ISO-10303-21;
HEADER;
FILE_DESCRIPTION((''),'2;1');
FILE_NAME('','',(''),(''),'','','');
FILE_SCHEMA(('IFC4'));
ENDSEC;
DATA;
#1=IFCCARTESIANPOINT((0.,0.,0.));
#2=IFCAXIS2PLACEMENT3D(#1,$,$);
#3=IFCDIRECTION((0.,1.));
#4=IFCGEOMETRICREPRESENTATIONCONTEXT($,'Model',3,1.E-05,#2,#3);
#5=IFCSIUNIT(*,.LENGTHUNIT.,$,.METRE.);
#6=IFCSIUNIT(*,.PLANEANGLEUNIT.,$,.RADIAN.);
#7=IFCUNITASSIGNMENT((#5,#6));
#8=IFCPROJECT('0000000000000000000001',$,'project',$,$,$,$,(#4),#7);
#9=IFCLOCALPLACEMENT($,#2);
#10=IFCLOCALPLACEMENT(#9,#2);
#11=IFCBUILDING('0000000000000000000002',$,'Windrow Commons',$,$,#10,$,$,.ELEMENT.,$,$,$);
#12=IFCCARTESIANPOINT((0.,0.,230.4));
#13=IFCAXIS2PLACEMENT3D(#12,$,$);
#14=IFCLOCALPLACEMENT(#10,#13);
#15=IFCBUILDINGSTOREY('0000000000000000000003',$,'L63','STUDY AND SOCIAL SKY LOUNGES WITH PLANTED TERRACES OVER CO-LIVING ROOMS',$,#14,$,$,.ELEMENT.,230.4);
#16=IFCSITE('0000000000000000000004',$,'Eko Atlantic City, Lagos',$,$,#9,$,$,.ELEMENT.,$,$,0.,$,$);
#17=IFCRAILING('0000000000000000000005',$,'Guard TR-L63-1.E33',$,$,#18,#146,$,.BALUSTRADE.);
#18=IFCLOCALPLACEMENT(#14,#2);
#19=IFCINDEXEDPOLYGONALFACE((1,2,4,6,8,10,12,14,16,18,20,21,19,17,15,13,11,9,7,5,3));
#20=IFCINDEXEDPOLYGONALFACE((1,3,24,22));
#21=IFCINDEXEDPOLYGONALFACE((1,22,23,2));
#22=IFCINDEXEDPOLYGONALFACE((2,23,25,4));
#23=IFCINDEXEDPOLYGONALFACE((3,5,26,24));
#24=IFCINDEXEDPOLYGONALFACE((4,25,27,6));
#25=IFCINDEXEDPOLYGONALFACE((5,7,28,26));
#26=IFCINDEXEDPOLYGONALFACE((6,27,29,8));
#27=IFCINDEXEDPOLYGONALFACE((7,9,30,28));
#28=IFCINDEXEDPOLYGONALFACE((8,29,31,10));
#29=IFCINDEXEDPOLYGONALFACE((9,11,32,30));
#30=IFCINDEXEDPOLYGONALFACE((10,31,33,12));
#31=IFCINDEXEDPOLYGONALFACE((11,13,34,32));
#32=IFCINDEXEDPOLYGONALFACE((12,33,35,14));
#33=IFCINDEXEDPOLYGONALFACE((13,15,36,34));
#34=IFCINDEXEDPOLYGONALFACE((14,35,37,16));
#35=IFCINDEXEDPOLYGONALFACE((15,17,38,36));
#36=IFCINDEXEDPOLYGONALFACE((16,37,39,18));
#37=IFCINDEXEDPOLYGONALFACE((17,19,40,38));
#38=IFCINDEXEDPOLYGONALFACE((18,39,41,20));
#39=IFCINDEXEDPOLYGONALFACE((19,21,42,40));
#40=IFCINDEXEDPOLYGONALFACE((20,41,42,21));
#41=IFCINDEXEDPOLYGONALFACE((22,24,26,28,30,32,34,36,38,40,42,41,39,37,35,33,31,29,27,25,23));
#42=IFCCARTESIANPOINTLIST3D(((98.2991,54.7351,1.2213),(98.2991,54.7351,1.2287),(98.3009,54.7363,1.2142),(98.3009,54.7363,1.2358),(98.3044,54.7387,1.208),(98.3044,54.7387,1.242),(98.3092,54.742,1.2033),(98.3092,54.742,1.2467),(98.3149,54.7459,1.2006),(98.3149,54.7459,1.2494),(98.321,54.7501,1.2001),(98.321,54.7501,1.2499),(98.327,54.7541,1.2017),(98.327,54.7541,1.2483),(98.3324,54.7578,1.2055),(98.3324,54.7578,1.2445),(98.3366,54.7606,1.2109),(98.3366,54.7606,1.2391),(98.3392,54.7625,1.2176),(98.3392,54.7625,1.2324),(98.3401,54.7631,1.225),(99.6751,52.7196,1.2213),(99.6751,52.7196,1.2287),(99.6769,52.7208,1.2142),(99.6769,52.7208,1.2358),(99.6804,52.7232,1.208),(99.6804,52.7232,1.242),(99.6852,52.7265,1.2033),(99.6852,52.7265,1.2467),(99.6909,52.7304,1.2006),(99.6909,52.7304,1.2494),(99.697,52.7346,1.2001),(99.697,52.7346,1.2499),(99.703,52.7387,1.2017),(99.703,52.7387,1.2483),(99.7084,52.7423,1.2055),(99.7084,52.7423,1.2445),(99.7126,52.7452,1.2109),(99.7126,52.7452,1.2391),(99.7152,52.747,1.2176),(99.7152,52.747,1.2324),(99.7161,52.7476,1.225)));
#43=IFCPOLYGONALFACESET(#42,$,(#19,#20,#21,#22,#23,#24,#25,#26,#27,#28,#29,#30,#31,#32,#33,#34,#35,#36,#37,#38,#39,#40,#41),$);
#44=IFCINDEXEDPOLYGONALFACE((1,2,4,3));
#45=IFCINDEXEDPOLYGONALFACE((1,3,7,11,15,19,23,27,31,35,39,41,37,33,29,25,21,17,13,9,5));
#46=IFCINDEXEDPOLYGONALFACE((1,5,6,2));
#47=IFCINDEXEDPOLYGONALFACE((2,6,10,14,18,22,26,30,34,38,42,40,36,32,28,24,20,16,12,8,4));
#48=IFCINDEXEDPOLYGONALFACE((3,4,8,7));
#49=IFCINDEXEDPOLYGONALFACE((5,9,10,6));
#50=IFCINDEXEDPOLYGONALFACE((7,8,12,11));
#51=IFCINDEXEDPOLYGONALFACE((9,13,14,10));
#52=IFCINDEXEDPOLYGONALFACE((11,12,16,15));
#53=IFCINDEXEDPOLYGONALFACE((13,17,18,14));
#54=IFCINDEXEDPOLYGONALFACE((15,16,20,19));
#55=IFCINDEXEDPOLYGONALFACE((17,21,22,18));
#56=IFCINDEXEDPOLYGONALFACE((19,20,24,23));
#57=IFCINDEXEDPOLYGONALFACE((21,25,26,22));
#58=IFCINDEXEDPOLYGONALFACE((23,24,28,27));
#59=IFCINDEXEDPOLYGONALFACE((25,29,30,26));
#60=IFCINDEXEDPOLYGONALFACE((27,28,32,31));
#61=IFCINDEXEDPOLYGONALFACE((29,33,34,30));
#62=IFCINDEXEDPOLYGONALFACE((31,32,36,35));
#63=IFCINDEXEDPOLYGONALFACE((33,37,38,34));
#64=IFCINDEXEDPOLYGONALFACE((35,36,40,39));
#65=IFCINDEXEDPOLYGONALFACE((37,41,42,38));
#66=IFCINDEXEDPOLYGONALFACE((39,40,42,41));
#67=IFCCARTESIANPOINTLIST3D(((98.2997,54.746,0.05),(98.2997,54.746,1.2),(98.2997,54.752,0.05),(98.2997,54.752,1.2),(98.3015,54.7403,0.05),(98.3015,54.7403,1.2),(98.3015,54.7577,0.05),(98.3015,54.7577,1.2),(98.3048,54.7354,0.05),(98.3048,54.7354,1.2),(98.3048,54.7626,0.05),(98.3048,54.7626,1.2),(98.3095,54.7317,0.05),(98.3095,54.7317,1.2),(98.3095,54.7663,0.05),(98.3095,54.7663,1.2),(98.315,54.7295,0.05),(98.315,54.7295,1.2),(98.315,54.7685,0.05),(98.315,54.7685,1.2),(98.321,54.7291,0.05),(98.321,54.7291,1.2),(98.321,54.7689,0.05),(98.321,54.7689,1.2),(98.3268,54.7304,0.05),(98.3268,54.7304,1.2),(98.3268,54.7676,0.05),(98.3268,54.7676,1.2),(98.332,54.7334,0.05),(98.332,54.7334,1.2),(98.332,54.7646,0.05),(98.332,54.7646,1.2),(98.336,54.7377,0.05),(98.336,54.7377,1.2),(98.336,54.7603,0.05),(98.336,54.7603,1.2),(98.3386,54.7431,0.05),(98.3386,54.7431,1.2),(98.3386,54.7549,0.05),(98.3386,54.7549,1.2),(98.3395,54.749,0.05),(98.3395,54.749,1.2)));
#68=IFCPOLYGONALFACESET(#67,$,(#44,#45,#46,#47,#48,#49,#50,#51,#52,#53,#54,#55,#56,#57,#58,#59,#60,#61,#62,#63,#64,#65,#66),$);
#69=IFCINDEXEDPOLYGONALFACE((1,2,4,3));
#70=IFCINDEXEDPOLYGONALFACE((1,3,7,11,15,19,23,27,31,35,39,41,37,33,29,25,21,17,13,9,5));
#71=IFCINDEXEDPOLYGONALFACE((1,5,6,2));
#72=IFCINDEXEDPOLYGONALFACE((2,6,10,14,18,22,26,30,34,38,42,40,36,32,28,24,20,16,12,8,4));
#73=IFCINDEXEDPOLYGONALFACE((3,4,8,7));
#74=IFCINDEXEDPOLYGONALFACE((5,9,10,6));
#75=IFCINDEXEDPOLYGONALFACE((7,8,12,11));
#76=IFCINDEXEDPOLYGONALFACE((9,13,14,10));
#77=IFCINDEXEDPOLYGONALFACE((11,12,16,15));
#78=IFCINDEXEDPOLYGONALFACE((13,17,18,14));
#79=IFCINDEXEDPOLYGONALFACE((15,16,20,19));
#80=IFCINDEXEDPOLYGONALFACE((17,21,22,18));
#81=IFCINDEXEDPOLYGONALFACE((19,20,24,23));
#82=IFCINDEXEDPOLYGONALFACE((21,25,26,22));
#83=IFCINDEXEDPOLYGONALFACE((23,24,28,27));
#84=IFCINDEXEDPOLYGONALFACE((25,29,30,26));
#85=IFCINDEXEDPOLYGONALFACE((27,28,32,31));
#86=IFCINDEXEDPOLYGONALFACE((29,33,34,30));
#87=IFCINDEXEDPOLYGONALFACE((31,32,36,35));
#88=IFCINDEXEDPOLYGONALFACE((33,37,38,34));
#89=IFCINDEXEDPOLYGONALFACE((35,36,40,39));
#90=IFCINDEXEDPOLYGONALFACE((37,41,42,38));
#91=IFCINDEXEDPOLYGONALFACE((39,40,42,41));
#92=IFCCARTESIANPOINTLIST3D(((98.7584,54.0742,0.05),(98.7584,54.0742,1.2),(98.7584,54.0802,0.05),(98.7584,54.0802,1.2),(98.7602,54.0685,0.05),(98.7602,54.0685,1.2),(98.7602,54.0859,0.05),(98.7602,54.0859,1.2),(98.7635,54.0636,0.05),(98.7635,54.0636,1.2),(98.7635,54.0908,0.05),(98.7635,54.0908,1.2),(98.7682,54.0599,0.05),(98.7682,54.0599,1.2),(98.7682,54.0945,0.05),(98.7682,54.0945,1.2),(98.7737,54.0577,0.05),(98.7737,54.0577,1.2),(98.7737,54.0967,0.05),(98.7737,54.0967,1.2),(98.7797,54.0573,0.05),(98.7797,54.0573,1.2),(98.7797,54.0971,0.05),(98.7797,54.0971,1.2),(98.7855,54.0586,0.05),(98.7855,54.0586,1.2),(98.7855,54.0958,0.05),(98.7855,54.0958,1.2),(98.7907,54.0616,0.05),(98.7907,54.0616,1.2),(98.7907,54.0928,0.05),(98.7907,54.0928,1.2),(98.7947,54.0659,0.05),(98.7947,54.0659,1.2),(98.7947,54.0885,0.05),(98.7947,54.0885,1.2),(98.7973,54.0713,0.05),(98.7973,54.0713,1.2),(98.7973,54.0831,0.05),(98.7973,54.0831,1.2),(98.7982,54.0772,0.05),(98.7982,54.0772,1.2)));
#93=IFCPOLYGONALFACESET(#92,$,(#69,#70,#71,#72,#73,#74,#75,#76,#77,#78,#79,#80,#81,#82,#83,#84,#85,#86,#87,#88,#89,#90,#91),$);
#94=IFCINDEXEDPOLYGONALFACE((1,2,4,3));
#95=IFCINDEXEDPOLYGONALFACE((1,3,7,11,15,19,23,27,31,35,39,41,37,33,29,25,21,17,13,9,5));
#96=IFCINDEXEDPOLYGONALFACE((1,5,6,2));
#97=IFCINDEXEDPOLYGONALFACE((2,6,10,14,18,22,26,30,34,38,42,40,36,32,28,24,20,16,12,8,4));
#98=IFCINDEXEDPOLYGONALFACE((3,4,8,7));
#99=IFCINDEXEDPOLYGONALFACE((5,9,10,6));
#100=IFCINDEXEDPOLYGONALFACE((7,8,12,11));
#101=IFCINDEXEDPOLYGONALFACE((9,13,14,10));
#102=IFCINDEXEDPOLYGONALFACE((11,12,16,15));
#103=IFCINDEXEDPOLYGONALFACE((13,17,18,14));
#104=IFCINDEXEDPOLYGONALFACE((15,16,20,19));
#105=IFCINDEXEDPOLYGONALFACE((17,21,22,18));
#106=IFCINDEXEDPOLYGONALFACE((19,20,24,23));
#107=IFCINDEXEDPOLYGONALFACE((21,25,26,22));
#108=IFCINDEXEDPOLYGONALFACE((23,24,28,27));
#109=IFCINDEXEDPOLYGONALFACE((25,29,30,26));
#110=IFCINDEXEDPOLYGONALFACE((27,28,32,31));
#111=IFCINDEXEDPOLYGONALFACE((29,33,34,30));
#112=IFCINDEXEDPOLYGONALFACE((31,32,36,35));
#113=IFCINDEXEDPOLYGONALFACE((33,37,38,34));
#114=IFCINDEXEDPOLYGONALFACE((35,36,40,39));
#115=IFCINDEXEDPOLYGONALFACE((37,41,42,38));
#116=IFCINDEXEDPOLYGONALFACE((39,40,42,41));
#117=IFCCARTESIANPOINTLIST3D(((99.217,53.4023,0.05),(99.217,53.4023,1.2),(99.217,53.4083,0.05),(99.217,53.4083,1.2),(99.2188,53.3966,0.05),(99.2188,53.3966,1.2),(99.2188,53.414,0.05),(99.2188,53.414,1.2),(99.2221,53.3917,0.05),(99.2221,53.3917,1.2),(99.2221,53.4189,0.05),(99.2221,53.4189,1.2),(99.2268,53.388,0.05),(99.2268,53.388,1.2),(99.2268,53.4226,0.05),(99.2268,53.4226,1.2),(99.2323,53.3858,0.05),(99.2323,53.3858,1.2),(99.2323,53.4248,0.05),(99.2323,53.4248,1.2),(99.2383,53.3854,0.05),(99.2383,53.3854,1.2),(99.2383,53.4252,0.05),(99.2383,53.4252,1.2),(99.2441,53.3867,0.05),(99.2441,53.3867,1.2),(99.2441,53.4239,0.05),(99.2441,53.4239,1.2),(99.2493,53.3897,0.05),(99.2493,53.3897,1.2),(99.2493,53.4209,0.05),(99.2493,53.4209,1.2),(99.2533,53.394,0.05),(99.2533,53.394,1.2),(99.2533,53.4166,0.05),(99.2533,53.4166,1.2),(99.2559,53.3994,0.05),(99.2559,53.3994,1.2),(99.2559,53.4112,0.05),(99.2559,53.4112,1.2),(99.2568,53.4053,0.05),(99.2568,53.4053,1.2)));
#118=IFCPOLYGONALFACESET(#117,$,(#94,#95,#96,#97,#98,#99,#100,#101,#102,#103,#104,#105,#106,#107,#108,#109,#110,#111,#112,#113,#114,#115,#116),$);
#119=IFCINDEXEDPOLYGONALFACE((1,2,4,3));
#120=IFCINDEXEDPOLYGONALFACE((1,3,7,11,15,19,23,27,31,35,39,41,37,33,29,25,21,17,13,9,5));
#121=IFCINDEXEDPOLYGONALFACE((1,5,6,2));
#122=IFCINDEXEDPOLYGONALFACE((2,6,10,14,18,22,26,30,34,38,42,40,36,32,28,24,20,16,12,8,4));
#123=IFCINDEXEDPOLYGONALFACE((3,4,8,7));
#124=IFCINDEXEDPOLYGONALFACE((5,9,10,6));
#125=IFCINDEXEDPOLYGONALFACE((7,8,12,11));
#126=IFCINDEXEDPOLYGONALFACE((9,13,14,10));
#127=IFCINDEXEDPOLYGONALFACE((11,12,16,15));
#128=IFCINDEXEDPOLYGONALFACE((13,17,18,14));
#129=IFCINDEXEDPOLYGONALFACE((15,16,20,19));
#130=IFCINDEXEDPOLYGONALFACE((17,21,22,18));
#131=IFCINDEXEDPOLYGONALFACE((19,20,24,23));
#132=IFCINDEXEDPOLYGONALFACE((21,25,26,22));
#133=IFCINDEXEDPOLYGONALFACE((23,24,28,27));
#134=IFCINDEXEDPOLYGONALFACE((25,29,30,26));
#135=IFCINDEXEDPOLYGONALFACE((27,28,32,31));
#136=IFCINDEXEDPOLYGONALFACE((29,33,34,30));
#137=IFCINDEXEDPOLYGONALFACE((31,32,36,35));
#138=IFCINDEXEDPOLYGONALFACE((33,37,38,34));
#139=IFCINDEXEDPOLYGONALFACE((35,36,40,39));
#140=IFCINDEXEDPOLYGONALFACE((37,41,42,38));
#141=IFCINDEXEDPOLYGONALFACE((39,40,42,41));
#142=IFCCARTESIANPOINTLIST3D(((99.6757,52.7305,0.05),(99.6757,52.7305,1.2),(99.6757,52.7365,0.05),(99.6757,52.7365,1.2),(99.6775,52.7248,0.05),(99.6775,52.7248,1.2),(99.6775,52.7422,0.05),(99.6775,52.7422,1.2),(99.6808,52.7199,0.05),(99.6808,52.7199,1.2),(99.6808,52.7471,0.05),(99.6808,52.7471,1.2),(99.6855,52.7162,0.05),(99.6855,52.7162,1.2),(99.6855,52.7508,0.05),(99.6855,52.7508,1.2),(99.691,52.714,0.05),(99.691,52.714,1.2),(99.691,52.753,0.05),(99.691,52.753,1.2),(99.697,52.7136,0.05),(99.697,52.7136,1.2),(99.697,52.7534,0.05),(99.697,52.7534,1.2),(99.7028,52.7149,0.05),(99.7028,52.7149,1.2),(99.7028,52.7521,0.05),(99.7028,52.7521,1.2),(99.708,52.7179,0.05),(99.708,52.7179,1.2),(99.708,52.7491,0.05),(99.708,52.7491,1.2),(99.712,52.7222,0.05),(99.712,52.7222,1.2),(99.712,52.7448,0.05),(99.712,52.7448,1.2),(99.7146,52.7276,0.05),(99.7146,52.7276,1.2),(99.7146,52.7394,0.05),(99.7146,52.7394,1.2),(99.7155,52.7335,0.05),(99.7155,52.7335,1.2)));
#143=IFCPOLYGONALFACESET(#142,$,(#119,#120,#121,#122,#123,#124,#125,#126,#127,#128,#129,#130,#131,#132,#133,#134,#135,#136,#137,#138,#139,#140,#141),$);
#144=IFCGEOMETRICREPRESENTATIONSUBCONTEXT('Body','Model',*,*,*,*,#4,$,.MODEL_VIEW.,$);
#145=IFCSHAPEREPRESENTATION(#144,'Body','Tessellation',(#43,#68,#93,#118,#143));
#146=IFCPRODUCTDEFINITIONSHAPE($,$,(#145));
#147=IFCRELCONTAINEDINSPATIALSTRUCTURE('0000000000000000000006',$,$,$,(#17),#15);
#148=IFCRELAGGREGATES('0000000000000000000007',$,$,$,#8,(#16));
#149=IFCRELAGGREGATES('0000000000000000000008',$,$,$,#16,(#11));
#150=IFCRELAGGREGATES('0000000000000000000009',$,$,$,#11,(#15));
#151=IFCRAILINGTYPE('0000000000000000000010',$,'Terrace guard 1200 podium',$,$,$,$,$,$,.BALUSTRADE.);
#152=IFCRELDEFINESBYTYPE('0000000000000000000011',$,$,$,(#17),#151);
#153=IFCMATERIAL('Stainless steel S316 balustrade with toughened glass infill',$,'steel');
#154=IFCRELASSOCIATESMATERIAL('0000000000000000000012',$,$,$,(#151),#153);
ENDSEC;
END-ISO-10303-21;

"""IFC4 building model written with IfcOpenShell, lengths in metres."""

from ifc_helpers import new_model, si_unit, direction, frame, origin, origin_2d, place, context, subcontext, project, spatial, circle, extrude, material, type_object, element, save


model = new_model("IFC4")

# Units and contexts
model_context = context("Model", 3, precision=1e-05, world=origin(), true_north=direction((0.0, 1.0)))
body_context = subcontext(model_context, "Body", "Model", "MODEL_VIEW")
ifc_project = project(units=[si_unit("LENGTHUNIT", "METRE"), si_unit("PLANEANGLEUNIT", "RADIAN")], contexts=[model_context])

# Site, building, storey
site_placement = place(None, origin())
site = spatial("IfcSite", under=ifc_project, at=site_placement, Name="Eko Atlantic City, Lagos", CompositionType="ELEMENT", RefElevation=0.0)
building_placement = place(site_placement, origin())
building = spatial("IfcBuilding", under=site, at=building_placement, Name="Windrow Commons", CompositionType="ELEMENT")
storey_placement = place(building_placement, frame((0.0, 0.0, 230.4)))
storey = spatial("IfcBuildingStorey", under=building, at=storey_placement, Name="L63", Description="STUDY AND SOCIAL SKY LOUNGES WITH PLANTED TERRACES OVER CO-LIVING ROOMS", CompositionType="ELEMENT", Elevation=230.4)

# Railing
ifc_material_1 = material(Name="Stainless steel S316 balustrade with toughened glass infill", Category="steel")
railing_type_1 = type_object("IfcRailingType", Name="Terrace guard 1200 podium", PredefinedType="BALUSTRADE", material=ifc_material_1)
railing_1_placement = place(storey_placement, frame((98.3195, 54.749, 0.05)))
element("IfcRailing", 1, at=railing_1_placement, inside=storey, type_object=railing_type_1, Name="Guard TR-L63-1.E33", PredefinedType="BALUSTRADE", context=body_context, shape_type="SweptSolid", body=[
    extrude(circle(Radius=0.025, at=origin_2d()), frame((0.0, 0.0, 1.175), z_axis=(0.563839, -0.825885, 0.0), x_axis=(0.825885, 0.563839, 0.0)), (0.0, 0.0, 1.0), 2.4404),
    extrude(circle(Radius=0.02, at=origin_2d()), origin(), (0.0, 0.0, 1.0), 1.15),
    extrude(circle(Radius=0.02, at=origin_2d()), frame((0.4587, -0.6718, 0.0)), (0.0, 0.0, 1.0), 1.15),
    extrude(circle(Radius=0.02, at=origin_2d()), frame((0.9173, -1.3437, 0.0)), (0.0, 0.0, 1.0), 1.15),
    extrude(circle(Radius=0.02, at=origin_2d()), frame((1.376, -2.0155, 0.0)), (0.0, 0.0, 1.0), 1.15),
])

save(model, "model.ifc")
